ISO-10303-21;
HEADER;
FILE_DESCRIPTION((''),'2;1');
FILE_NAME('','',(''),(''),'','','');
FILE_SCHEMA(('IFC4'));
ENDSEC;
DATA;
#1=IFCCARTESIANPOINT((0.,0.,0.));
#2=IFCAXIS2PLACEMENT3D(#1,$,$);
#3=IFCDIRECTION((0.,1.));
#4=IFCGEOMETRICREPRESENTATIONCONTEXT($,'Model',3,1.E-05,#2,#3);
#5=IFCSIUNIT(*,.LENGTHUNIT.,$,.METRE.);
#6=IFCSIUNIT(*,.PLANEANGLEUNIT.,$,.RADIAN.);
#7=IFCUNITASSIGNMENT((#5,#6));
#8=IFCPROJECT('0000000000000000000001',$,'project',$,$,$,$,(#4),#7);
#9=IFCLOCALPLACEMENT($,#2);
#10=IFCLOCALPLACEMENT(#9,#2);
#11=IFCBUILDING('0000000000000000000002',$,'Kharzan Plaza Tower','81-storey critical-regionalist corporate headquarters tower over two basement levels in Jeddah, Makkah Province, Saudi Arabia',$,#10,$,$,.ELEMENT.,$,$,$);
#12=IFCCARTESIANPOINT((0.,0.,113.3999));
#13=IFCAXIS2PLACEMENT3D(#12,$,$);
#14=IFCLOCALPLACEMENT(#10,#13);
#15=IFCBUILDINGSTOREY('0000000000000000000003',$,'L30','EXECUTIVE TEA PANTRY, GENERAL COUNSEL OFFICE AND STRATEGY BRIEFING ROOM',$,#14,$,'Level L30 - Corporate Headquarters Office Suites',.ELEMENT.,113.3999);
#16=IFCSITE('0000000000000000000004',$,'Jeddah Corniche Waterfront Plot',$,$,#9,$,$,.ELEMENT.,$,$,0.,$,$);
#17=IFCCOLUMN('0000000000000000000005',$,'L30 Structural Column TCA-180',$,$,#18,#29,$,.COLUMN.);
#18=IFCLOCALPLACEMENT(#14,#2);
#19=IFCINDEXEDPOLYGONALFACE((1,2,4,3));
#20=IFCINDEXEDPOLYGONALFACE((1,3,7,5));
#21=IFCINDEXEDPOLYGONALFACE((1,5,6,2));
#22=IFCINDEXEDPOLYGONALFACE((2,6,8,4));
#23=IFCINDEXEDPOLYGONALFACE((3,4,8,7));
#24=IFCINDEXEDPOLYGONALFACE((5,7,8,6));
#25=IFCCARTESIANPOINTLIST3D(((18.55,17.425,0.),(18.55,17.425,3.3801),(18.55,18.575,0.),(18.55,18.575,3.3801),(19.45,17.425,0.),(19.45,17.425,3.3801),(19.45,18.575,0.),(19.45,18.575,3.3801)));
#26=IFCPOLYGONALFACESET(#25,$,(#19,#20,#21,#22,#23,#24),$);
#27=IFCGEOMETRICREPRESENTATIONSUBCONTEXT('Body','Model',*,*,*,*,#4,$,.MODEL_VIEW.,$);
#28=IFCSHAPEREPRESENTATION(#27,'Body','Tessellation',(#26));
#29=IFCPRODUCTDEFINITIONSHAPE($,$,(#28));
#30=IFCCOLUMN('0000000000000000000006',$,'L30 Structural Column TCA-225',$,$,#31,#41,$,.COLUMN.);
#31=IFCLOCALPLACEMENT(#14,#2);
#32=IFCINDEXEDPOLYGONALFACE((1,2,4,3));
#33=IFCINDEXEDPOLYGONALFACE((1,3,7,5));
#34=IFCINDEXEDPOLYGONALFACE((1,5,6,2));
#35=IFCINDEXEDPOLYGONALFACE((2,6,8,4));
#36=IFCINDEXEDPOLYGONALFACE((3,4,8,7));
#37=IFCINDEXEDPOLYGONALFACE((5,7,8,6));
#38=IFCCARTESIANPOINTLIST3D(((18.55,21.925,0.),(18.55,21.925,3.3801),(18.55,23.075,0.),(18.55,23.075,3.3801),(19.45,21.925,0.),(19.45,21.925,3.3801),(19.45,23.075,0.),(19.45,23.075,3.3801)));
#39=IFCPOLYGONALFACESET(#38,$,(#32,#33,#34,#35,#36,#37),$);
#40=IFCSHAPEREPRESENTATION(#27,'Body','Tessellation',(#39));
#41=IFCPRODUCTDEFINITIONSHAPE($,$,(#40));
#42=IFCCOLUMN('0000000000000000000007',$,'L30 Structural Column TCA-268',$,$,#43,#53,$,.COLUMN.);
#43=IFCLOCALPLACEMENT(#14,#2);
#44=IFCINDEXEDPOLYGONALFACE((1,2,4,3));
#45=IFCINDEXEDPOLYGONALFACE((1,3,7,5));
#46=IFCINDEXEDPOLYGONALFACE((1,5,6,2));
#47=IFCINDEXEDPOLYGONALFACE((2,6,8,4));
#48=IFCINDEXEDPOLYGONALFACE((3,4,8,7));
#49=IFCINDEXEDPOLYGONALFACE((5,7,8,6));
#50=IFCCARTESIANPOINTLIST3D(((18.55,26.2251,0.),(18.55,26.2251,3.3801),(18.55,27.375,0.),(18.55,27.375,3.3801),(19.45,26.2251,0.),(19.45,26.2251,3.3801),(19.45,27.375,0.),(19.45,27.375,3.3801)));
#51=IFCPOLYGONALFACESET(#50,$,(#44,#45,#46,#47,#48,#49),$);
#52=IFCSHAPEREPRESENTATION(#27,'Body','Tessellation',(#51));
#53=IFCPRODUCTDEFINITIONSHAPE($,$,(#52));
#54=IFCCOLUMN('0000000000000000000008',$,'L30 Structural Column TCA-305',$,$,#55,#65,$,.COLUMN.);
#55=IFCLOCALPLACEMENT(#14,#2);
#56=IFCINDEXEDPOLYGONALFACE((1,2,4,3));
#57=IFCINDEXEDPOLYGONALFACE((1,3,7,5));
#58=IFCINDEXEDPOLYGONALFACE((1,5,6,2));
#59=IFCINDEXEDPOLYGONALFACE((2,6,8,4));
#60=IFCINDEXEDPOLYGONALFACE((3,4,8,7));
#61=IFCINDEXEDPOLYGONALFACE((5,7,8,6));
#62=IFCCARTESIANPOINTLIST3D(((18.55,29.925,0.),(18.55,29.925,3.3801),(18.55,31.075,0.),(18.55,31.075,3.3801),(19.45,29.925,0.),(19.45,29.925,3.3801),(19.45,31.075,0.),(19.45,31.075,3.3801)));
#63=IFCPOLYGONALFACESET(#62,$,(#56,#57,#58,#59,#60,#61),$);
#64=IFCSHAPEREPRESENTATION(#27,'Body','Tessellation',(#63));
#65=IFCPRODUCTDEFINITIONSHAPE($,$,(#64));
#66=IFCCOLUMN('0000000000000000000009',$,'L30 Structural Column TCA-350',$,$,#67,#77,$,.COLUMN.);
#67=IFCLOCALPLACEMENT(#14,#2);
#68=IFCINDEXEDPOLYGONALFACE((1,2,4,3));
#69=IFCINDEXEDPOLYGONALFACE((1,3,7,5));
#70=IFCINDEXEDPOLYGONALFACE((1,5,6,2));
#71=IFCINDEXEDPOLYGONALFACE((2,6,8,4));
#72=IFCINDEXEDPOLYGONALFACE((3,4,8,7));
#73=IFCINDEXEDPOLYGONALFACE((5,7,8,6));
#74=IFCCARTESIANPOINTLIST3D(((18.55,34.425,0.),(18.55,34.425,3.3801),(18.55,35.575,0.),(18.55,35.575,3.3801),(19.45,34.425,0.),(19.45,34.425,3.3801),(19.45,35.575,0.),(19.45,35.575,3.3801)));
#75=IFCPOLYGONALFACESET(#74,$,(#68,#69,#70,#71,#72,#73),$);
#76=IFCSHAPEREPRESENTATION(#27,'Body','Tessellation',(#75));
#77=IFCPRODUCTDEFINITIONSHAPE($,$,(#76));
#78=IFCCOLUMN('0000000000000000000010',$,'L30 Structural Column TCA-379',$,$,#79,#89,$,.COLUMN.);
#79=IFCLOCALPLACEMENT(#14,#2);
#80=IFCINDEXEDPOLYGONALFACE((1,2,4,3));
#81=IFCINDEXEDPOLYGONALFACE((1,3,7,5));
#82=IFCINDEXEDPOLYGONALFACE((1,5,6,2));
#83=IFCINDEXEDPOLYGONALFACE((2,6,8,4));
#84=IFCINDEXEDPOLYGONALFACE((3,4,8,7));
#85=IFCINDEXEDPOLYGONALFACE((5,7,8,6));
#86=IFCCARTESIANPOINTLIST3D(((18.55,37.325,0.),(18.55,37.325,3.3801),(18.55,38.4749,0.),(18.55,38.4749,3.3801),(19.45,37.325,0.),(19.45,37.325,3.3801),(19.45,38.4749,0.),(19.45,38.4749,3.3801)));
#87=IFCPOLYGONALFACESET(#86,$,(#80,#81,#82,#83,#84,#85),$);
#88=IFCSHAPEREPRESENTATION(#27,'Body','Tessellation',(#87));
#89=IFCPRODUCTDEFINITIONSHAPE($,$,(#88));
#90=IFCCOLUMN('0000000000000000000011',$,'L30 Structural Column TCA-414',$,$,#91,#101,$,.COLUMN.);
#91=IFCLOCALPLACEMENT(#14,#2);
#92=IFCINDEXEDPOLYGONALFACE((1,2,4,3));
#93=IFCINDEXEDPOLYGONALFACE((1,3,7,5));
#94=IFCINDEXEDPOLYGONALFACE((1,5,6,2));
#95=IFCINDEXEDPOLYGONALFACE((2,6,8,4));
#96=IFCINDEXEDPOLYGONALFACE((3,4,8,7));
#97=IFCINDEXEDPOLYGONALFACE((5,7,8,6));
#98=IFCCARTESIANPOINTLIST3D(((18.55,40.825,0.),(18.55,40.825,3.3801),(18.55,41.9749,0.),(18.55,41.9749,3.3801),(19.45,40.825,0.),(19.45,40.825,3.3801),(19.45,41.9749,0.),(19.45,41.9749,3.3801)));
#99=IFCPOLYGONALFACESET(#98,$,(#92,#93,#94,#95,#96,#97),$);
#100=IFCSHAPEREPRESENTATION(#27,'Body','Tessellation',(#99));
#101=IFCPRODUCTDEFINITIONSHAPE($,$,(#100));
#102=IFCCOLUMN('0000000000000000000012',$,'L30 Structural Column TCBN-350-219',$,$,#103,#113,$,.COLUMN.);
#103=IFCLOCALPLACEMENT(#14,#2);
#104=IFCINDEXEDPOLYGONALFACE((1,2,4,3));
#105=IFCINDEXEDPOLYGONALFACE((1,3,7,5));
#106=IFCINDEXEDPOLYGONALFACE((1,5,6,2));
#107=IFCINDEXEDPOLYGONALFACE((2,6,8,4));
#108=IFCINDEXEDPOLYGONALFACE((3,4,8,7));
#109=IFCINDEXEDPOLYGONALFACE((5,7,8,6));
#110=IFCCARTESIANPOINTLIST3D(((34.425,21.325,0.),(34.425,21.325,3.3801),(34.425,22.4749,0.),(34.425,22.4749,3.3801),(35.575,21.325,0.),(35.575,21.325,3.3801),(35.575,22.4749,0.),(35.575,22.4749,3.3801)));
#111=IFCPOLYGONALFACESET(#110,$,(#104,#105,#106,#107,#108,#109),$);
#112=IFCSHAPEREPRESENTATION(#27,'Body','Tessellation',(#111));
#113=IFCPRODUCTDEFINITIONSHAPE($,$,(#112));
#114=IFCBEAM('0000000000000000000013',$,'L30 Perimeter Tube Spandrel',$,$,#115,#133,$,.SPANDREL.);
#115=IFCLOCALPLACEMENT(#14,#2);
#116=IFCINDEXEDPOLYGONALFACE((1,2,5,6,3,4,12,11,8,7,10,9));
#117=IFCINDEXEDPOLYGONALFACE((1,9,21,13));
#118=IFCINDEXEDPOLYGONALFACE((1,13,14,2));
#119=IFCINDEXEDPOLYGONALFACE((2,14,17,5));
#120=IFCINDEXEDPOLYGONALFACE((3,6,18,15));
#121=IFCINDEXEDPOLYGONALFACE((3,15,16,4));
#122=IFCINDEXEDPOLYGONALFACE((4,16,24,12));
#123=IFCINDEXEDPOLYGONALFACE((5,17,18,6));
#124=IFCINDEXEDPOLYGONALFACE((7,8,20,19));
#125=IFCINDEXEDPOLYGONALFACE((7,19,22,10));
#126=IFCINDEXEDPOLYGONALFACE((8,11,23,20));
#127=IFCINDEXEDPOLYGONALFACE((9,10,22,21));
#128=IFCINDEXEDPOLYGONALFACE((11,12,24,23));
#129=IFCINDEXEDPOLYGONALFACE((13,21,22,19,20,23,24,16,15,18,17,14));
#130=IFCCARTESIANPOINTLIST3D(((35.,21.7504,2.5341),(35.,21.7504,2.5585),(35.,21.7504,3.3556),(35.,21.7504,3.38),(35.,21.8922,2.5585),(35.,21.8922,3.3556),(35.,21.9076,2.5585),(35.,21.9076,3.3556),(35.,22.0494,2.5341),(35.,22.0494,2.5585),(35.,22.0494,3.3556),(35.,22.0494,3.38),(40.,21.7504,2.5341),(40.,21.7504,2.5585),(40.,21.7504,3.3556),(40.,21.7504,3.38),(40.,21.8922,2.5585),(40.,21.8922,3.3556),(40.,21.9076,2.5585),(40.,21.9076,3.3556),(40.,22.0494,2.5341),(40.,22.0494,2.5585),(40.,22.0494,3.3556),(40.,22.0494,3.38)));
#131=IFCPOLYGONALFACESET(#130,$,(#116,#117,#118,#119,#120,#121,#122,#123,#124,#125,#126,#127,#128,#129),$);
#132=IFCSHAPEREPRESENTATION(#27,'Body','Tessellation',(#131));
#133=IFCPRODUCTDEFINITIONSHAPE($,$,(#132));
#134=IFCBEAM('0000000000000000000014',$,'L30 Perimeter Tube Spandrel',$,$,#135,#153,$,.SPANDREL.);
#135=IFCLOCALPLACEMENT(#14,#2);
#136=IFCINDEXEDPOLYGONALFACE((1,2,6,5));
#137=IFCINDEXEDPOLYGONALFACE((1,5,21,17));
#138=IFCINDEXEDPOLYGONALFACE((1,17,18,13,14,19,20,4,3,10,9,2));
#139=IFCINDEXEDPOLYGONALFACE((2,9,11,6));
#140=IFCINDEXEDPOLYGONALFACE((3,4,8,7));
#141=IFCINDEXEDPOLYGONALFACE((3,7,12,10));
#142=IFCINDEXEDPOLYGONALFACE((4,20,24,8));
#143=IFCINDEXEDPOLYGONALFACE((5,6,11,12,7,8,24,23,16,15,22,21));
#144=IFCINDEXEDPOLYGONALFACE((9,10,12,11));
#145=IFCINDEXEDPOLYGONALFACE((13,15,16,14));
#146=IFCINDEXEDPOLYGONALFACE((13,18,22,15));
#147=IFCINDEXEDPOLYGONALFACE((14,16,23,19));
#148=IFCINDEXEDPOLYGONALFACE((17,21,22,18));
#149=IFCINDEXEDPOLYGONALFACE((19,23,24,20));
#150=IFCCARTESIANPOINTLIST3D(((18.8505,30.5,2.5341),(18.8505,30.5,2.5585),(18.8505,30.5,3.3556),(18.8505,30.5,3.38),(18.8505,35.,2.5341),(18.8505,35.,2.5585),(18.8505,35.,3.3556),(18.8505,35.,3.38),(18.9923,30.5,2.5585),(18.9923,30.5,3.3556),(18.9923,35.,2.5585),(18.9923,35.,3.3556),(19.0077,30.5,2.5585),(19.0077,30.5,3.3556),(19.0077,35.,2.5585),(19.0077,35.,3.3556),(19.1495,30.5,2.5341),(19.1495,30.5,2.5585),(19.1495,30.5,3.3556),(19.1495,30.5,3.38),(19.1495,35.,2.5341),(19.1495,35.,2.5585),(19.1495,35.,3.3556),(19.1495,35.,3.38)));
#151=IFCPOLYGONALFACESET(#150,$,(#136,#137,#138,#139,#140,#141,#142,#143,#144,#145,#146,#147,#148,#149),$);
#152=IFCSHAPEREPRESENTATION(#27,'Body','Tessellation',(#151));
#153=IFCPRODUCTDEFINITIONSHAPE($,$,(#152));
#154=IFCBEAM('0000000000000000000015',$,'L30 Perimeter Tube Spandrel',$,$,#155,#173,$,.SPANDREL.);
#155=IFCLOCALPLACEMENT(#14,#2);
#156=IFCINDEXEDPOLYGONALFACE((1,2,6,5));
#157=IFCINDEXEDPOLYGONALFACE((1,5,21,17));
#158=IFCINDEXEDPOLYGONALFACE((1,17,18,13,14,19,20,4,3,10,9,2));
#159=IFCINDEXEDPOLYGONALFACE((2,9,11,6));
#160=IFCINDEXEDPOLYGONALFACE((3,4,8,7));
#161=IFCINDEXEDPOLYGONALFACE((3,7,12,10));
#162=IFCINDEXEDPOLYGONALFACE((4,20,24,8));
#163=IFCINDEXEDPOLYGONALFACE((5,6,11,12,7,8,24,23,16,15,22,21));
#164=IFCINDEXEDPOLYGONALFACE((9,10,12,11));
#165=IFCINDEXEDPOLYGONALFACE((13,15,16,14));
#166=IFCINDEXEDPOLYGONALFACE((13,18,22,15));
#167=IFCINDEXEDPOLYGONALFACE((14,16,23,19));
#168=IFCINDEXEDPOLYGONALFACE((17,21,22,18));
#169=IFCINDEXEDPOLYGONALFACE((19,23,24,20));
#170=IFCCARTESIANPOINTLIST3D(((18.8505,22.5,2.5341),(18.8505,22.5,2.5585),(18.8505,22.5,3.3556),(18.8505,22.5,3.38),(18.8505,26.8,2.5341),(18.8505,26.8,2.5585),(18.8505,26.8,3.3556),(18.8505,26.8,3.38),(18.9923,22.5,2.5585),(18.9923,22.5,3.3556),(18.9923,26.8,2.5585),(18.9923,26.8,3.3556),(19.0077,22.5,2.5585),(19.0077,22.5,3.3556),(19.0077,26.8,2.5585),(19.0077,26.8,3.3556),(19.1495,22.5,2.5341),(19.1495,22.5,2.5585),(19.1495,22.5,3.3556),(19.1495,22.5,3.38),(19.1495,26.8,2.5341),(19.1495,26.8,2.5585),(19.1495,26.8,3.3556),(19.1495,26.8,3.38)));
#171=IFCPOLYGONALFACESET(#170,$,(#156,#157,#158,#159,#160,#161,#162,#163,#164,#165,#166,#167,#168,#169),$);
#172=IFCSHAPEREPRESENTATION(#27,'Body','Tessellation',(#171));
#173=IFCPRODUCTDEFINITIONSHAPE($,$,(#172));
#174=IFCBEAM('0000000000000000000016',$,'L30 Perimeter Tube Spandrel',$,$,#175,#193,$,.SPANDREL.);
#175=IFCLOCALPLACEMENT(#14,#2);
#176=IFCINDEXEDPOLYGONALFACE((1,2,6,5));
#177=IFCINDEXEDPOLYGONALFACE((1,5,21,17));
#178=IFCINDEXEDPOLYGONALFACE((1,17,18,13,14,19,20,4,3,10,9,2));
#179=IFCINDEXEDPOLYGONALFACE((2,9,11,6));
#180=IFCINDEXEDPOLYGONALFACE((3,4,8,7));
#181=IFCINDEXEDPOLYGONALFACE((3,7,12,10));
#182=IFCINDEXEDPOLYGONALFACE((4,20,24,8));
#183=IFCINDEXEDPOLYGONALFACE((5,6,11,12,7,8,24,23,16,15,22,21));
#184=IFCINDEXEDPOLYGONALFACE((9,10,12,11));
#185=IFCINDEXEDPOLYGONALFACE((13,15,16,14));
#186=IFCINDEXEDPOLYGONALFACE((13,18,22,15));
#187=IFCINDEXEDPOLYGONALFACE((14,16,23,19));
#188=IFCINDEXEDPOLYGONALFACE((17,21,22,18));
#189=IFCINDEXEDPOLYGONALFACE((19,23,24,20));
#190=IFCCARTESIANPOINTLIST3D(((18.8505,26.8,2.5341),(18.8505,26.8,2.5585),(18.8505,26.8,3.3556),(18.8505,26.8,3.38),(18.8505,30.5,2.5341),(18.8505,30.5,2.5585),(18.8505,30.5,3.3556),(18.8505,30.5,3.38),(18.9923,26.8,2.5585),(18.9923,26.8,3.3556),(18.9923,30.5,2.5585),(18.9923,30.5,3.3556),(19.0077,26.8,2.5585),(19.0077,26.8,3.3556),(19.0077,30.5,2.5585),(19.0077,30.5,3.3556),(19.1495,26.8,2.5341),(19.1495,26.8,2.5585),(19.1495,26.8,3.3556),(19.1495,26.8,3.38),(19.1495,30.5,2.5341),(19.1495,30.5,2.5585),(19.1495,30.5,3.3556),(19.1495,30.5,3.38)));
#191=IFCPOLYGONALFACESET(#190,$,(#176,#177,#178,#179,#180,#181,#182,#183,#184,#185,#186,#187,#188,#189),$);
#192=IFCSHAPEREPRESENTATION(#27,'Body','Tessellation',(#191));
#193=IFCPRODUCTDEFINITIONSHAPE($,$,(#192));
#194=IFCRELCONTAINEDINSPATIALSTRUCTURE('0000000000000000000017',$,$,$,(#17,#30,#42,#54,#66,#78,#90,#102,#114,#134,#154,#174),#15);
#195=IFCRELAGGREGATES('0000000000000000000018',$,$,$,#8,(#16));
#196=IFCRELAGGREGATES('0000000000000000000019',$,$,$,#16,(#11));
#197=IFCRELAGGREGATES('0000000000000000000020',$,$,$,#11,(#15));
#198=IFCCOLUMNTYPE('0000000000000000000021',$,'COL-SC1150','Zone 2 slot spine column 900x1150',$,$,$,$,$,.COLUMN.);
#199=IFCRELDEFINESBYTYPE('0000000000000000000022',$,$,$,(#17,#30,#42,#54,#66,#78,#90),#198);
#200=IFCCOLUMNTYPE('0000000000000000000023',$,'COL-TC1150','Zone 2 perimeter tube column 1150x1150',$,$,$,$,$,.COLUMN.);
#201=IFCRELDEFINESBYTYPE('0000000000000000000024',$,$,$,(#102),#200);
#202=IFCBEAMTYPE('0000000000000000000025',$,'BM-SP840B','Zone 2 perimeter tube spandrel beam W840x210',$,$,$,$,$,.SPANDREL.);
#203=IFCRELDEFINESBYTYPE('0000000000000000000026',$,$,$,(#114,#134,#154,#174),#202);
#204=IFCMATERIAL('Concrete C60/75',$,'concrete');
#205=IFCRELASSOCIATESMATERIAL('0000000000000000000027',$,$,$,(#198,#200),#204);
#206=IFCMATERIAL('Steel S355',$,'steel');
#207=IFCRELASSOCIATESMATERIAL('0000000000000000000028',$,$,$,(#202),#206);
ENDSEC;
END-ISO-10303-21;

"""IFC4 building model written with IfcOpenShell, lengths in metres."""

from ifc_helpers import new_model, si_unit, direction, frame, origin, origin_2d, place, context, subcontext, project, spatial, rectangle, i_section, extrude, source, transform, mapped, material, material_profile, profile_set, type_object, element, save


model = new_model("IFC4")

# Units and contexts
model_context = context("Model", 3, precision=1e-05, world=origin(), true_north=direction((0.0, 1.0)))
body_context = subcontext(model_context, "Body", "Model", "MODEL_VIEW")
ifc_project = project(units=[si_unit("LENGTHUNIT", "METRE"), si_unit("PLANEANGLEUNIT", "RADIAN")], contexts=[model_context])

# Site, building, storey
site_placement = place(None, origin())
site = spatial("IfcSite", under=ifc_project, at=site_placement, Name="Jeddah Corniche Waterfront Plot", CompositionType="ELEMENT", RefElevation=0.0)
building_placement = place(site_placement, origin())
building = spatial("IfcBuilding", under=site, at=building_placement, Name="Kharzan Plaza Tower", Description="81-storey critical-regionalist corporate headquarters tower over two basement levels in Jeddah, Makkah Province, Saudi Arabia", CompositionType="ELEMENT")
storey_placement = place(building_placement, frame((0.0, 0.0, 113.3999)))
storey = spatial("IfcBuildingStorey", under=building, at=storey_placement, Name="L30", Description="EXECUTIVE TEA PANTRY, GENERAL COUNSEL OFFICE AND STRATEGY BRIEFING ROOM", LongName="Level L30 - Corporate Headquarters Office Suites", CompositionType="ELEMENT", Elevation=113.3999)

# Columns
ifc_material_1 = material(Name="Concrete C60/75", Category="concrete")
ifc_material_profile_1 = material_profile(ifc_material_1, rectangle(XDim=0.8999, YDim=1.1499, at=origin_2d()), Name="RC-SC1150x900")
ifc_profile_set_1 = profile_set([ifc_material_profile_1], Name="Concrete C60/75")
column_type_1 = type_object("IfcColumnType", Name="COL-SC1150", Description="Zone 2 slot spine column 900x1150", PredefinedType="COLUMN", material=ifc_profile_set_1)
shared_shape_1 = source(origin(), body_context, "Body", "SweptSolid", [
    extrude(rectangle(XDim=0.8999, YDim=1.1499, at=origin_2d()), origin(), (0.0, 0.0, 1.0), 3.3801),
])
for number, where, z_axis, x_axis, name in (
    (1, (19.0, 18.0, 0.0), (0.0, 0.0, 1.0), (1.0, 0.0, 0.0), "L30 Structural Column TCA-180"),
    (2, (19.0, 22.5, 0.0), (0.0, 0.0, 1.0), (1.0, 0.0, 0.0), "L30 Structural Column TCA-225"),
    (3, (19.0, 26.8, 0.0), (0.0, 0.0, 1.0), (1.0, 0.0, 0.0), "L30 Structural Column TCA-268"),
    (4, (19.0, 30.5, 0.0), (0.0, 0.0, 1.0), (1.0, 0.0, 0.0), "L30 Structural Column TCA-305"),
    (5, (19.0, 35.0, 0.0), (0.0, 0.0, 1.0), (1.0, 0.0, 0.0), "L30 Structural Column TCA-350"),
    (6, (19.0, 37.8999, 0.0), (0.0, 0.0, 1.0), (1.0, 0.0, 0.0), "L30 Structural Column TCA-379"),
    (7, (19.0, 41.3999, 0.0), (0.0, 0.0, 1.0), (1.0, 0.0, 0.0), "L30 Structural Column TCA-414"),
):
    element("IfcColumn", number, at=place(storey_placement, frame(where, z_axis=z_axis, x_axis=x_axis)), inside=storey, type_object=column_type_1, Name=name, PredefinedType="COLUMN", context=body_context, shape_type="MappedRepresentation", body=[
        mapped(shared_shape_1, transform((0.0, 0.0, 0.0), x_axis=(1.0, 0.0, 0.0), y_axis=(0.0, 1.0, 0.0), z_axis=(0.0, 0.0, 1.0))),
    ])
ifc_material_profile_2 = material_profile(ifc_material_1, rectangle(XDim=1.1499, YDim=1.1499, at=origin_2d()), Name="RC-TC1150x1150")
ifc_profile_set_2 = profile_set([ifc_material_profile_2], Name="Concrete C60/75")
column_type_2 = type_object("IfcColumnType", Name="COL-TC1150", Description="Zone 2 perimeter tube column 1150x1150", PredefinedType="COLUMN", material=ifc_profile_set_2)
shared_shape_2 = source(origin(), body_context, "Body", "SweptSolid", [
    extrude(rectangle(XDim=1.1499, YDim=1.1499, at=origin_2d()), origin(), (0.0, 0.0, 1.0), 3.3801),
])
column_placement = place(storey_placement, frame((35.0, 21.8999, 0.0), z_axis=(0.0, 0.0, 1.0), x_axis=(1.0, 0.0, 0.0)))
element("IfcColumn", 8, at=column_placement, inside=storey, type_object=column_type_2, Name="L30 Structural Column TCBN-350-219", PredefinedType="COLUMN", context=body_context, shape_type="MappedRepresentation", body=[
    mapped(shared_shape_2, transform((0.0, 0.0, 0.0), x_axis=(1.0, 0.0, 0.0), y_axis=(0.0, 1.0, 0.0), z_axis=(0.0, 0.0, 1.0))),
])

# Beams
ifc_material_2 = material(Name="Steel S355", Category="steel")
ifc_material_profile_3 = material_profile(ifc_material_2, i_section(OverallWidth=0.2991, OverallDepth=0.8459, WebThickness=0.0154, FlangeThickness=0.0244, at=origin_2d()), Name="W840x210")
ifc_profile_set_3 = profile_set([ifc_material_profile_3], Name="Steel S355")
beam_type = type_object("IfcBeamType", Name="BM-SP840B", Description="Zone 2 perimeter tube spandrel beam W840x210", PredefinedType="SPANDREL", material=ifc_profile_set_3)
shared_shape_3 = source(origin(), body_context, "Body", "SweptSolid", [
    extrude(i_section(OverallWidth=0.2991, OverallDepth=0.8459, WebThickness=0.0154, FlangeThickness=0.0244, at=origin_2d()), origin(), (0.0, 0.0, 1.0), 5.0),
])
beam_1_placement = place(storey_placement, frame((35.0, 21.8999, 2.957), z_axis=(1.0, 0.0, 0.0), x_axis=(0.0, 1.0, 0.0)))
element("IfcBeam", 9, at=beam_1_placement, inside=storey, type_object=beam_type, Name="L30 Perimeter Tube Spandrel", PredefinedType="SPANDREL", context=body_context, shape_type="MappedRepresentation", body=[
    mapped(shared_shape_3, transform((0.0, 0.0, 0.0), x_axis=(1.0, 0.0, 0.0), y_axis=(0.0, 1.0, 0.0), z_axis=(0.0, 0.0, 1.0))),
])
shared_shape_4 = source(origin(), body_context, "Body", "SweptSolid", [
    extrude(i_section(OverallWidth=0.2991, OverallDepth=0.8459, WebThickness=0.0154, FlangeThickness=0.0244, at=origin_2d()), origin(), (0.0, 0.0, 1.0), 4.5),
])
beam_2_placement = place(storey_placement, frame((19.0, 30.5, 2.957), z_axis=(0.0, 1.0, 0.0), x_axis=(-1.0, 0.0, 0.0)))
element("IfcBeam", 10, at=beam_2_placement, inside=storey, type_object=beam_type, Name="L30 Perimeter Tube Spandrel", PredefinedType="SPANDREL", context=body_context, shape_type="MappedRepresentation", body=[
    mapped(shared_shape_4, transform((0.0, 0.0, 0.0), x_axis=(1.0, 0.0, 0.0), y_axis=(0.0, 1.0, 0.0), z_axis=(0.0, 0.0, 1.0))),
])
shared_shape_5 = source(origin(), body_context, "Body", "SweptSolid", [
    extrude(i_section(OverallWidth=0.2991, OverallDepth=0.8459, WebThickness=0.0154, FlangeThickness=0.0244, at=origin_2d()), origin(), (0.0, 0.0, 1.0), 4.3),
])
beam_3_placement = place(storey_placement, frame((19.0, 22.5, 2.957), z_axis=(0.0, 1.0, 0.0), x_axis=(-1.0, 0.0, 0.0)))
element("IfcBeam", 11, at=beam_3_placement, inside=storey, type_object=beam_type, Name="L30 Perimeter Tube Spandrel", PredefinedType="SPANDREL", context=body_context, shape_type="MappedRepresentation", body=[
    mapped(shared_shape_5, transform((0.0, 0.0, 0.0), x_axis=(1.0, 0.0, 0.0), y_axis=(0.0, 1.0, 0.0), z_axis=(0.0, 0.0, 1.0))),
])
shared_shape_6 = source(origin(), body_context, "Body", "SweptSolid", [
    extrude(i_section(OverallWidth=0.2991, OverallDepth=0.8459, WebThickness=0.0154, FlangeThickness=0.0244, at=origin_2d()), origin(), (0.0, 0.0, 1.0), 3.7),
])
beam_4_placement = place(storey_placement, frame((19.0, 26.8, 2.957), z_axis=(0.0, 1.0, 0.0), x_axis=(-1.0, 0.0, 0.0)))
element("IfcBeam", 12, at=beam_4_placement, inside=storey, type_object=beam_type, Name="L30 Perimeter Tube Spandrel", PredefinedType="SPANDREL", context=body_context, shape_type="MappedRepresentation", body=[
    mapped(shared_shape_6, transform((0.0, 0.0, 0.0), x_axis=(1.0, 0.0, 0.0), y_axis=(0.0, 1.0, 0.0), z_axis=(0.0, 0.0, 1.0))),
])

save(model, "model.ifc")
